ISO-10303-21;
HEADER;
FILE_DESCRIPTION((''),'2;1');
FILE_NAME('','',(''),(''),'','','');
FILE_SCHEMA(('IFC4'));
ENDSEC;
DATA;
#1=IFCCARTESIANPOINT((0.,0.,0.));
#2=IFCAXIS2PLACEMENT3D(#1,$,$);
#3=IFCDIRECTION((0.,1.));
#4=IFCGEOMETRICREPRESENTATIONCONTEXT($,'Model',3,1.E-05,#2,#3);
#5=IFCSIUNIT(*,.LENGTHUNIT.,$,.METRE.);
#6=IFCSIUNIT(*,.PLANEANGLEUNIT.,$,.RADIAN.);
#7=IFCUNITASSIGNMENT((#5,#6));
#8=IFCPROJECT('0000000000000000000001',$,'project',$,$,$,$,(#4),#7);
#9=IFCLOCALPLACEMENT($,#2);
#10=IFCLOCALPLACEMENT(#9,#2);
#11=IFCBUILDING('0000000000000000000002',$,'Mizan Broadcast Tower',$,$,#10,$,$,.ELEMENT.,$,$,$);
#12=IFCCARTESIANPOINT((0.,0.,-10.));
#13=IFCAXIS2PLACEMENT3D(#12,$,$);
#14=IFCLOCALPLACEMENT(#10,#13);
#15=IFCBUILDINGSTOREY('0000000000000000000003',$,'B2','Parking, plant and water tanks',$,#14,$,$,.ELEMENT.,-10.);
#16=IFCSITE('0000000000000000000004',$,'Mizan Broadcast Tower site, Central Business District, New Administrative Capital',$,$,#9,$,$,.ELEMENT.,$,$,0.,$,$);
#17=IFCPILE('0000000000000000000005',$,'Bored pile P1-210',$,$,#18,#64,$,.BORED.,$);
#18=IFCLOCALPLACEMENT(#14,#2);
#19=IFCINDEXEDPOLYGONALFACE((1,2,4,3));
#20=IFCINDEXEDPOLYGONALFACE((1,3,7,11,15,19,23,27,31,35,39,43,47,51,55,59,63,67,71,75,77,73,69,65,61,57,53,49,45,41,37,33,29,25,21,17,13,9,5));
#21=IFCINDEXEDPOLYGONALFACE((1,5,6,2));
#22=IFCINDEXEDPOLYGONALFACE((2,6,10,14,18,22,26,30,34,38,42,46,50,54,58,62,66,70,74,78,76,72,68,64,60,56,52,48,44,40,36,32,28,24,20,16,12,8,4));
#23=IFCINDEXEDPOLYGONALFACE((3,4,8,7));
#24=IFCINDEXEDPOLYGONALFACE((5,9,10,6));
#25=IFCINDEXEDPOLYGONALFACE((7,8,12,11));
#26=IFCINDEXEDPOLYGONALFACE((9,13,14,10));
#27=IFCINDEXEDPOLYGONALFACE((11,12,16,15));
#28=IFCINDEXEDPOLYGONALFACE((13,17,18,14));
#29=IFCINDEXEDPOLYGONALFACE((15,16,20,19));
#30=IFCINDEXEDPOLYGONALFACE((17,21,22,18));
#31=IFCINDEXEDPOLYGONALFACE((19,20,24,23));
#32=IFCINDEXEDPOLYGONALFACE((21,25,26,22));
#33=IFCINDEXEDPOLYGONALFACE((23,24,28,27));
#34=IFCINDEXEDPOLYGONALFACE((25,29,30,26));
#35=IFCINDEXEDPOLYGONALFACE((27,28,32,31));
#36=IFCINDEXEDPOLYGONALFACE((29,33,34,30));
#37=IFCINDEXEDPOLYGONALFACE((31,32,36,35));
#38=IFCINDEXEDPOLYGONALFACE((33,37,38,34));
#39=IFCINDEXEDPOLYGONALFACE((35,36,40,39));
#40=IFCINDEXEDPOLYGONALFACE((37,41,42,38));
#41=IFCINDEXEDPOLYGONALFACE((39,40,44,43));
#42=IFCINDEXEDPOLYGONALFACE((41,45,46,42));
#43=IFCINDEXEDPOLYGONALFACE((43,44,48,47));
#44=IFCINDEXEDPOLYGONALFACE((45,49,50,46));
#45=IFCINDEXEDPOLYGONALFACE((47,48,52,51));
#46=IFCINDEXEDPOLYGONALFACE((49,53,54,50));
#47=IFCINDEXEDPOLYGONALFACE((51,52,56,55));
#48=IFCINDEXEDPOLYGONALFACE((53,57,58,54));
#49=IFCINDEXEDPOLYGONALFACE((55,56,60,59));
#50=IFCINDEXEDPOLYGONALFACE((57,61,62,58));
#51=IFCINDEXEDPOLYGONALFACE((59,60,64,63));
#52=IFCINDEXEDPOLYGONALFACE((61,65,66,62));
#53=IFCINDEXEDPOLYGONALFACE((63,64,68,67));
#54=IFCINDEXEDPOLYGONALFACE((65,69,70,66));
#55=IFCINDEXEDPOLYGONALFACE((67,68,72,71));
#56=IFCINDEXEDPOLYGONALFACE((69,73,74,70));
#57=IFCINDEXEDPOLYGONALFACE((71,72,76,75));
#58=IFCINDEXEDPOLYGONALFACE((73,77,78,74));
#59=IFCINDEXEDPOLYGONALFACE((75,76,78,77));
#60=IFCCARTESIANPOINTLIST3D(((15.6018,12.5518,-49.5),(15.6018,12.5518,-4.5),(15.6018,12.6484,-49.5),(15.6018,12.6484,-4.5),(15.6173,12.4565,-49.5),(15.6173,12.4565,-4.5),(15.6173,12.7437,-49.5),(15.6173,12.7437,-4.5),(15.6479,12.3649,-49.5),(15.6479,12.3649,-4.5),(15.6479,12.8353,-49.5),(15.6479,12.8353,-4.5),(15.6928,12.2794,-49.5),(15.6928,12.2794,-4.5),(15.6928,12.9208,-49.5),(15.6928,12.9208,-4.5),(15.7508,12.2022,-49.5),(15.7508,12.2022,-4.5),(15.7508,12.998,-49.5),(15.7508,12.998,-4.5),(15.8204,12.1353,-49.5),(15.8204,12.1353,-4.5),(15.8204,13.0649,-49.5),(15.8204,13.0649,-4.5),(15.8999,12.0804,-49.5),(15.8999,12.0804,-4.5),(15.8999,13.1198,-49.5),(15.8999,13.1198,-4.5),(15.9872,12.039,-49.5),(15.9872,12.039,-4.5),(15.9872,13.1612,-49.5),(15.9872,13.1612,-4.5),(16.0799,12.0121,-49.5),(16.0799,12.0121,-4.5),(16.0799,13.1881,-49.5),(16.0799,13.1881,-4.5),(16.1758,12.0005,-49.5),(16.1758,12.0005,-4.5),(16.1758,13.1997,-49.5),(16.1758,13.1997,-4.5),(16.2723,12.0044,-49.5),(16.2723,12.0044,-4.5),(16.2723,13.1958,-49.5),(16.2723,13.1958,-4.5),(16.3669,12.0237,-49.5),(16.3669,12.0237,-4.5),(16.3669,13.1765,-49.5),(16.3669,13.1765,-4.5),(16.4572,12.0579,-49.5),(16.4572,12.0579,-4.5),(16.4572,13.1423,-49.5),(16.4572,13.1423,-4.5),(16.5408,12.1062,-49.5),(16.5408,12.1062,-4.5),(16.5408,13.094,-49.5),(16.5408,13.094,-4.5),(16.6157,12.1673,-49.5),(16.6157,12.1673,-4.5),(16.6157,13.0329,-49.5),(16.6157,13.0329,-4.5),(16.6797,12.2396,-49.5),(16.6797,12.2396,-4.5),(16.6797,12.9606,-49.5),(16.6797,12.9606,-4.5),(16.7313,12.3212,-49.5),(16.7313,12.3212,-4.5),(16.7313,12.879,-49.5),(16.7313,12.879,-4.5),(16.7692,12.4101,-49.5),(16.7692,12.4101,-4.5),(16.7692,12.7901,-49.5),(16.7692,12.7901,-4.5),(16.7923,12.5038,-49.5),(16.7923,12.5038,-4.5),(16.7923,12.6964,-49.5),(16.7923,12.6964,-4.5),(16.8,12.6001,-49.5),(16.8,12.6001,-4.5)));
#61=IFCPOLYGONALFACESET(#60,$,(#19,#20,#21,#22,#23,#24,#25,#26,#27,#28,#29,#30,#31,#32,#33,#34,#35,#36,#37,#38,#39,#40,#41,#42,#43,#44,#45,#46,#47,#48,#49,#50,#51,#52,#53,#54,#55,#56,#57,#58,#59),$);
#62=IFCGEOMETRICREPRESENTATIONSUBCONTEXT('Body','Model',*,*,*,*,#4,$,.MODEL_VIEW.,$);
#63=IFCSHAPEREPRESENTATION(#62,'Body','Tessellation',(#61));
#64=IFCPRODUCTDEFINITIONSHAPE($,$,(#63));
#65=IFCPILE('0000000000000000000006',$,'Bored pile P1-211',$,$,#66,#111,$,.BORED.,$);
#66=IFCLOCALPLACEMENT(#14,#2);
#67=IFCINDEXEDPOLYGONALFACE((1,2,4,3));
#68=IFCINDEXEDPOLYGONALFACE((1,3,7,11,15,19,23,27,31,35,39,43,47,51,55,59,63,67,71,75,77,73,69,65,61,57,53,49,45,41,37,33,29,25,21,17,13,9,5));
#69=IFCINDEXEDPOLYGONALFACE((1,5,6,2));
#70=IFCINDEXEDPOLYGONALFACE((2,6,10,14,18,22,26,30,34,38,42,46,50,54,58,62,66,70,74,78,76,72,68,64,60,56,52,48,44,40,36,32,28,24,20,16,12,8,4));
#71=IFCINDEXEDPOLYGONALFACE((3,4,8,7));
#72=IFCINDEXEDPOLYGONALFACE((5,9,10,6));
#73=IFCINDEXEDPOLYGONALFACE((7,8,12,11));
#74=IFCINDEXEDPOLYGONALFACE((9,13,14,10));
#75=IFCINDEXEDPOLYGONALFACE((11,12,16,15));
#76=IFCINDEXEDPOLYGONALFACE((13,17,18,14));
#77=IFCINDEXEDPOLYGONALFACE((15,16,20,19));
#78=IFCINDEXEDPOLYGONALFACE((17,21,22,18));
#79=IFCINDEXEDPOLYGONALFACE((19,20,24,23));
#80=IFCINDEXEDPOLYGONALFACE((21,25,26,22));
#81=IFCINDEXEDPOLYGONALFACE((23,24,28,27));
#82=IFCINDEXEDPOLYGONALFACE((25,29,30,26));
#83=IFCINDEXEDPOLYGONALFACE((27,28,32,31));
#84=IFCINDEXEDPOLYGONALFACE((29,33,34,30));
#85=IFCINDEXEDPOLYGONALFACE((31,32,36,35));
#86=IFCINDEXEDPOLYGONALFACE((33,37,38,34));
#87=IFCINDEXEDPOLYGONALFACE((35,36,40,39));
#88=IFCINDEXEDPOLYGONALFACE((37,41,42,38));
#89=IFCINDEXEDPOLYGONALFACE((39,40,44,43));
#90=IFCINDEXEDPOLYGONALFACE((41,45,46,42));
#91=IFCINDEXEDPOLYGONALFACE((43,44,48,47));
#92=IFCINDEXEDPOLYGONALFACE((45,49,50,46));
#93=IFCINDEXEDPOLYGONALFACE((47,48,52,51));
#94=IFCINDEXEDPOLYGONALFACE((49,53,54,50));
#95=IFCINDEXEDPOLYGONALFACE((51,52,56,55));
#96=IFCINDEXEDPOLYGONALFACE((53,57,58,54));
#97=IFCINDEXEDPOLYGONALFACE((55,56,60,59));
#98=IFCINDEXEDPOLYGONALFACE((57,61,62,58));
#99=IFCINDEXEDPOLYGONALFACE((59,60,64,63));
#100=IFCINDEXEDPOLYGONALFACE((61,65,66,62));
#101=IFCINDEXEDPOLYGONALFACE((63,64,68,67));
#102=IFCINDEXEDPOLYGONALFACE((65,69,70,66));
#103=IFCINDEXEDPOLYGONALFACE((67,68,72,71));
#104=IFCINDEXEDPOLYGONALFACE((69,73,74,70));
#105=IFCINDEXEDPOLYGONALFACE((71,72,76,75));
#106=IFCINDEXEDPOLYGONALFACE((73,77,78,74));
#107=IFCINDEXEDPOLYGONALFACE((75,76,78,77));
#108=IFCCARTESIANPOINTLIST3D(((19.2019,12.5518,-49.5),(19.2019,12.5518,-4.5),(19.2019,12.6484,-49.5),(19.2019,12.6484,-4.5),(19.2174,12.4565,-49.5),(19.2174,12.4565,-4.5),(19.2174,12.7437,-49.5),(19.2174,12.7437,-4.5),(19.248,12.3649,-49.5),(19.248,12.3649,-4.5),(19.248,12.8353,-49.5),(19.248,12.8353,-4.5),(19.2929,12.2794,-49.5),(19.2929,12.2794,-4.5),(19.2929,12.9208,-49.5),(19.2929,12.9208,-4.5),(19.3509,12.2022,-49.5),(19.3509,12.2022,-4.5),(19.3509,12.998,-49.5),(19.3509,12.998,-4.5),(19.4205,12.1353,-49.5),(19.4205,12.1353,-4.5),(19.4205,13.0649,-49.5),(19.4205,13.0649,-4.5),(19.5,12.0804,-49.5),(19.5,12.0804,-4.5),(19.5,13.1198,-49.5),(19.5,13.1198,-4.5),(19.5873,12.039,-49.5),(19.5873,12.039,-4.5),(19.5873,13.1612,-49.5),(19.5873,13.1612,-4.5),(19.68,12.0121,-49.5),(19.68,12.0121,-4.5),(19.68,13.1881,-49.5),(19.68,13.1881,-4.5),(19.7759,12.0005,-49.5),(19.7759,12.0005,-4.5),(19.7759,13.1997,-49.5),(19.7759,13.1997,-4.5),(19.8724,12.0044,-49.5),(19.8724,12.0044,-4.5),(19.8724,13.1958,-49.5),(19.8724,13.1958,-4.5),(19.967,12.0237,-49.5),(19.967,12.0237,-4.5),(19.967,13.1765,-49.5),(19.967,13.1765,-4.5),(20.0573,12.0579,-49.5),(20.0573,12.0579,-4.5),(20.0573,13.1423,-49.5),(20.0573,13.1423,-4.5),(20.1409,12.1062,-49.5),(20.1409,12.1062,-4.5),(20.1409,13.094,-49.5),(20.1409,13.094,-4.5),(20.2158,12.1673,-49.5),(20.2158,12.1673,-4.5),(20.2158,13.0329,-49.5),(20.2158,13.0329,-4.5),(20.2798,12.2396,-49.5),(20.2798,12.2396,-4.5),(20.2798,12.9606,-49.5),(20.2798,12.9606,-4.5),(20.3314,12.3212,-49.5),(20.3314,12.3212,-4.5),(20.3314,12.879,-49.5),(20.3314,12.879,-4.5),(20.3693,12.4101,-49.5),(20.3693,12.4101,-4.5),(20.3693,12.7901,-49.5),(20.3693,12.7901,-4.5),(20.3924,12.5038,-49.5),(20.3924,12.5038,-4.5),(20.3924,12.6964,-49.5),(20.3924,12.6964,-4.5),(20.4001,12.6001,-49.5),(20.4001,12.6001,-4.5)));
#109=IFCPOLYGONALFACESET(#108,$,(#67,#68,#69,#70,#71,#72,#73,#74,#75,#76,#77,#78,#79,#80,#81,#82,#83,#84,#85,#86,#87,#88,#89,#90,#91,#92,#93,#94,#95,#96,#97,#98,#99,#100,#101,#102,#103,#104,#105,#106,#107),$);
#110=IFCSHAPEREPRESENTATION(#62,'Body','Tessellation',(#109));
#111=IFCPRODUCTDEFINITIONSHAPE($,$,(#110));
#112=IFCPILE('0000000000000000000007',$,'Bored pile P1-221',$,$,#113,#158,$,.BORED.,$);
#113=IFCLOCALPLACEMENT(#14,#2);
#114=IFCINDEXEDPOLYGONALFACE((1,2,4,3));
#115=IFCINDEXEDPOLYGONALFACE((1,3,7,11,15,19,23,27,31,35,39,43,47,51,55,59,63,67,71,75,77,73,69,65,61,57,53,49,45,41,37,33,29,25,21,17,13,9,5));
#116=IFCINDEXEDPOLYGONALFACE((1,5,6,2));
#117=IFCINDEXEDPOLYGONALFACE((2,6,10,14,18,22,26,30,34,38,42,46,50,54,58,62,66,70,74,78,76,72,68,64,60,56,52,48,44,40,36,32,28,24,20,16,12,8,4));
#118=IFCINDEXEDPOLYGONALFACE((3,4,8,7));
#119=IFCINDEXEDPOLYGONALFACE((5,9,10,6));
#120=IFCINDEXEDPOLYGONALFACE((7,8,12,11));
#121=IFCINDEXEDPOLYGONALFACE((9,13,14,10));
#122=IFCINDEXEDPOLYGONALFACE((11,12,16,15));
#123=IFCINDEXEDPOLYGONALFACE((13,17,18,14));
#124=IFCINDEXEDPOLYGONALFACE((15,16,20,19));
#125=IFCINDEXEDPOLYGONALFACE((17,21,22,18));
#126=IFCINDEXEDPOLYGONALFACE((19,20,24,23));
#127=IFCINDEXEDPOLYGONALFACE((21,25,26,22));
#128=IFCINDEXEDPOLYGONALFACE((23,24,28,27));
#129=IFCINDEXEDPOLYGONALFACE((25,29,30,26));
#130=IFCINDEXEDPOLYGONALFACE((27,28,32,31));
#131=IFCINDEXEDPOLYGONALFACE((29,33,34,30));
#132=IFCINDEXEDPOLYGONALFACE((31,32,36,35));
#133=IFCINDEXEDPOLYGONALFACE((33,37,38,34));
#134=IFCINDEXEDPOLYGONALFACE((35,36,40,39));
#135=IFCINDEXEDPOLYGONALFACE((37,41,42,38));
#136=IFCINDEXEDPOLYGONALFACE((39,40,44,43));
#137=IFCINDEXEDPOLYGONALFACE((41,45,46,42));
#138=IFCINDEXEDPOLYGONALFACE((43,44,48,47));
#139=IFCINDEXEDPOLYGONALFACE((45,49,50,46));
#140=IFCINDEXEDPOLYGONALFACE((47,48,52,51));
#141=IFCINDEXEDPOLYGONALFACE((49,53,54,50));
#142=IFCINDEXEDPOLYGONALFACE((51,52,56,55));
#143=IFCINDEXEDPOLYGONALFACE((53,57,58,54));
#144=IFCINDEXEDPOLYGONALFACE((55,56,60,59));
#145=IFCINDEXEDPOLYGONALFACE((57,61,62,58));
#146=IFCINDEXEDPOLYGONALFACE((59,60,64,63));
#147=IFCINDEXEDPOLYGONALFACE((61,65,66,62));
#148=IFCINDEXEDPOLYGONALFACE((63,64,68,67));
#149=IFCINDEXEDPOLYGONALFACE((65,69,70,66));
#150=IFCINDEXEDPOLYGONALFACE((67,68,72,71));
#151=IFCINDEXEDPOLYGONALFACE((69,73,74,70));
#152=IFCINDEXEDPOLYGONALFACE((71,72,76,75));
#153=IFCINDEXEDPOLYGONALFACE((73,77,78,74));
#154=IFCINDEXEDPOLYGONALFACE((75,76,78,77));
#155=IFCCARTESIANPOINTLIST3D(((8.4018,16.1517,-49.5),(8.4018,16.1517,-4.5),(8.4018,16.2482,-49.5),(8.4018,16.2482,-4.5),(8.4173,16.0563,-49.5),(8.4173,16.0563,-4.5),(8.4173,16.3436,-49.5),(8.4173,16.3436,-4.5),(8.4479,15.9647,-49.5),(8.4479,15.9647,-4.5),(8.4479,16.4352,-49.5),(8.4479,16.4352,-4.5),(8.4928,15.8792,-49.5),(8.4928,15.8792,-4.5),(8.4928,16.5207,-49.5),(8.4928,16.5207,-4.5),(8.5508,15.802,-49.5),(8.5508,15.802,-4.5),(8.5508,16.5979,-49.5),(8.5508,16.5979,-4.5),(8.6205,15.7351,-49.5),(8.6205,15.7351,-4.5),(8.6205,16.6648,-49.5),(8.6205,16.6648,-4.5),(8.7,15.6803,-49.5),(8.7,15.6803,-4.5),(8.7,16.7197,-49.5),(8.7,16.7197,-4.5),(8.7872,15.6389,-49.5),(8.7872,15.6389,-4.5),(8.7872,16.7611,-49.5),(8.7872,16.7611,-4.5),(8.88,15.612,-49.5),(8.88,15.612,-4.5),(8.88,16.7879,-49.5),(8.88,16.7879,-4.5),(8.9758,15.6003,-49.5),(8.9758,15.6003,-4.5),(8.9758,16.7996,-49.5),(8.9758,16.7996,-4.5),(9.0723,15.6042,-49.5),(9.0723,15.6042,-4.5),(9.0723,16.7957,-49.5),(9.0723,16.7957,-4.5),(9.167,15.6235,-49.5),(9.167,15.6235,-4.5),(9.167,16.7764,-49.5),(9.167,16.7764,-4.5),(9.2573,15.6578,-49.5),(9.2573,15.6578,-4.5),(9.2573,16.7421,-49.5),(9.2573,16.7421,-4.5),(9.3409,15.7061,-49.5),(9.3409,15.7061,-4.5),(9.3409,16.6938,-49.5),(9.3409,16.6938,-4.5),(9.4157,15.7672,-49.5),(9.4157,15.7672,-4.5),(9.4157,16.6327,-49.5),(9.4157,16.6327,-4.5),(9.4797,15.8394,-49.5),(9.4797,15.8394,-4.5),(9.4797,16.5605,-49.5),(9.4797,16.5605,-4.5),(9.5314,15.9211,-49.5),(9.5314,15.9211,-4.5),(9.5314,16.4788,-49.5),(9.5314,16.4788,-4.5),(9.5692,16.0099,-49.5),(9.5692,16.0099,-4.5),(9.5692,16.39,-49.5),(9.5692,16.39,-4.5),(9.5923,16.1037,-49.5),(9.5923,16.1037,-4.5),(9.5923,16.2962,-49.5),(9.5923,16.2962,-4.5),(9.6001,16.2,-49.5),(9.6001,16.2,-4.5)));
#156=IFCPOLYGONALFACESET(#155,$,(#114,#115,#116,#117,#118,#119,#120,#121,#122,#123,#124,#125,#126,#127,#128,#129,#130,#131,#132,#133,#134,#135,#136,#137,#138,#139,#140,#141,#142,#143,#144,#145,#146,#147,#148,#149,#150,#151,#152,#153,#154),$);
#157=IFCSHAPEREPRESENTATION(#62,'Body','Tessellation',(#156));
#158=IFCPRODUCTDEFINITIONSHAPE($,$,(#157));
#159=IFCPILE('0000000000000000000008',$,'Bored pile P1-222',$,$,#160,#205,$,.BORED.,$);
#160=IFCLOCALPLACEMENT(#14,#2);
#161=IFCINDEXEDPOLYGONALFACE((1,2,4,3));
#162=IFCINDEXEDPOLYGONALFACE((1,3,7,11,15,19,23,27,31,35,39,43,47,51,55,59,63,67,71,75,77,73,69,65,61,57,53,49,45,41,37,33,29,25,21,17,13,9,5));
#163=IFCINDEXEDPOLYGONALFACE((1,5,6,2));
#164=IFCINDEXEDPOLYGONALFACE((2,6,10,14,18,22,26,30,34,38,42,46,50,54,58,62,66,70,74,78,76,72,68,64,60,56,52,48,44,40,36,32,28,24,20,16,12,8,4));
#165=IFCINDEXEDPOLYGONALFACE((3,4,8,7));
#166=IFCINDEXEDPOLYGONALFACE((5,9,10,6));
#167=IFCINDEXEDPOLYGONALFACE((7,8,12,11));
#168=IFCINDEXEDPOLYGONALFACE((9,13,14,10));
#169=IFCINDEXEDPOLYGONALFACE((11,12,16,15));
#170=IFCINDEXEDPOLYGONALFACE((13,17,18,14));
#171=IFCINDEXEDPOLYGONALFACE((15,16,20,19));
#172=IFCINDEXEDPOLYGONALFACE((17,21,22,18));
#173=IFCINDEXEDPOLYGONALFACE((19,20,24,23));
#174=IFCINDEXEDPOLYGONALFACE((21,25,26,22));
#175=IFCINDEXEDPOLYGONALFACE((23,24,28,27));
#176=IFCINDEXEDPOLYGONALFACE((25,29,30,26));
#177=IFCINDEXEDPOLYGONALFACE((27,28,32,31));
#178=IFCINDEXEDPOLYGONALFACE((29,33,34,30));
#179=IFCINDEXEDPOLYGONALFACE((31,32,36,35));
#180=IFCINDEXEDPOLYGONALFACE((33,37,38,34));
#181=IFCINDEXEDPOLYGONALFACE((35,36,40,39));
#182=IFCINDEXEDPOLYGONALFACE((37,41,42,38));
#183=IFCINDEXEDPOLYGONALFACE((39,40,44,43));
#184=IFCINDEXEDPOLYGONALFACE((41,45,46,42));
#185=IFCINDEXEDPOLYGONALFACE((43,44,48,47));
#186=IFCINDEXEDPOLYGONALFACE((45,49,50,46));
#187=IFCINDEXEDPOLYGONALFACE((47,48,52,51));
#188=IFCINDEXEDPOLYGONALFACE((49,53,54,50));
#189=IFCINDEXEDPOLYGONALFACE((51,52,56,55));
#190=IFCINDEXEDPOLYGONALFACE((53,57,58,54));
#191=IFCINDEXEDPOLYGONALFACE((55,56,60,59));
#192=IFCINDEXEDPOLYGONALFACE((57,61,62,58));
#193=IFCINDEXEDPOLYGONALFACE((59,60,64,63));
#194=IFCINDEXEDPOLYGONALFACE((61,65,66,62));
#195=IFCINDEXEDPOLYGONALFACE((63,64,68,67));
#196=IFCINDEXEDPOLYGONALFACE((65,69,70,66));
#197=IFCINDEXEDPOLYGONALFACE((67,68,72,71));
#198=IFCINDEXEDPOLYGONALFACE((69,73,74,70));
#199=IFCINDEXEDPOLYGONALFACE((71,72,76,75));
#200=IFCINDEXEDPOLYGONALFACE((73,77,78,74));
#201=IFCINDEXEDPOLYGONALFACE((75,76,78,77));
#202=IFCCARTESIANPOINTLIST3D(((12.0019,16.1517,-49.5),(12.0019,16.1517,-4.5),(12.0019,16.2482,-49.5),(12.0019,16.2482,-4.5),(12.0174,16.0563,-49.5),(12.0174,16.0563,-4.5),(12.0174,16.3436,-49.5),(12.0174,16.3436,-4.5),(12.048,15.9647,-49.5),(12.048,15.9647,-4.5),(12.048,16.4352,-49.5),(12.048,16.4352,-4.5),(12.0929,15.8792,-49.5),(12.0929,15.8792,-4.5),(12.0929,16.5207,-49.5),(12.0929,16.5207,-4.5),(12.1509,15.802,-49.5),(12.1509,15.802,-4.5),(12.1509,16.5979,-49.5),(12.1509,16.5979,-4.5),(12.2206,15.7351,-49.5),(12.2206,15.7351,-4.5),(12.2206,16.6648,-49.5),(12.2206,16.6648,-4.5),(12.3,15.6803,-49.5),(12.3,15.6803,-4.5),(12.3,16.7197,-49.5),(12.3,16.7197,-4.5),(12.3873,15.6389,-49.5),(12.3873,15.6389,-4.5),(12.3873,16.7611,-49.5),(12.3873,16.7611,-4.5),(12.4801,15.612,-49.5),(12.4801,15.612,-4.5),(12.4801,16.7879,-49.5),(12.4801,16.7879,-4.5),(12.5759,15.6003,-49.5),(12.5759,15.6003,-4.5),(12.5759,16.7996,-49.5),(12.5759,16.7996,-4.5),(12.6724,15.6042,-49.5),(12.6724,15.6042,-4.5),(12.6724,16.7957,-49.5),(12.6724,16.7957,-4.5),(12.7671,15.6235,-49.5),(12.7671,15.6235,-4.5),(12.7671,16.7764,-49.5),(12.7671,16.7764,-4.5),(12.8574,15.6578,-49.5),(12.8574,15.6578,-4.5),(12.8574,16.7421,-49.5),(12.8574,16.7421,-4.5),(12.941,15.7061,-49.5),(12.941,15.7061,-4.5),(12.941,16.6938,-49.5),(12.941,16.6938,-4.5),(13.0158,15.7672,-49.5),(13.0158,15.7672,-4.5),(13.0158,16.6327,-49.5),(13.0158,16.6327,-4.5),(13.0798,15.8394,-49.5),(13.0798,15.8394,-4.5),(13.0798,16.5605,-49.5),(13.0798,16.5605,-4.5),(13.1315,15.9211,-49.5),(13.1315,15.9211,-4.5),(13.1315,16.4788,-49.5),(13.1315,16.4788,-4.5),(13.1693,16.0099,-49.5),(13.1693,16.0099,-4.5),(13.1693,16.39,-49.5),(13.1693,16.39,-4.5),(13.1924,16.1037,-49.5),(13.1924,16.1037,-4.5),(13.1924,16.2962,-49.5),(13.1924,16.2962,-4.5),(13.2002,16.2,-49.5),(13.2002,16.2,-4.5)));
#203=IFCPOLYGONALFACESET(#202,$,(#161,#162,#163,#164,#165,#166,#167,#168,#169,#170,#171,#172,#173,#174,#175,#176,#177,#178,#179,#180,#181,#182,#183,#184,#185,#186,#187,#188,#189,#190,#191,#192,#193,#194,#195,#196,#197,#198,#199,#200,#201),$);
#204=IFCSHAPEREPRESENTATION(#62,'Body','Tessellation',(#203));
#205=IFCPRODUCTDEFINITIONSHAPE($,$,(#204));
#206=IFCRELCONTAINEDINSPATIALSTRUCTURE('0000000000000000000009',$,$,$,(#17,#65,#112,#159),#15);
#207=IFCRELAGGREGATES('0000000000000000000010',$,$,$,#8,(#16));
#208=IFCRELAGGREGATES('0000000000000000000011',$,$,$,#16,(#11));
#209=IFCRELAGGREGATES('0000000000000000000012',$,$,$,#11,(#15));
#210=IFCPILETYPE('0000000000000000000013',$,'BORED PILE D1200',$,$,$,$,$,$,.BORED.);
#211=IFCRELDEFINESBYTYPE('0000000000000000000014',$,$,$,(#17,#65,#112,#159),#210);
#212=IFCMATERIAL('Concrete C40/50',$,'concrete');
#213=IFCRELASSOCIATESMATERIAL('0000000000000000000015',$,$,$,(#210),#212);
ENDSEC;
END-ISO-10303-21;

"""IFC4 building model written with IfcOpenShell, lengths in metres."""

from ifc_helpers import new_model, si_unit, direction, frame, origin, origin_2d, place, context, subcontext, project, spatial, circle, extrude, material, material_profile, profile_set, type_object, element, save


model = new_model("IFC4")

# Units and contexts
model_context = context("Model", 3, precision=1e-05, world=origin(), true_north=direction((0.0, 1.0)))
body_context = subcontext(model_context, "Body", "Model", "MODEL_VIEW")
ifc_project = project(units=[si_unit("LENGTHUNIT", "METRE"), si_unit("PLANEANGLEUNIT", "RADIAN")], contexts=[model_context])

# Site, building, storey
site_placement = place(None, origin())
site = spatial("IfcSite", under=ifc_project, at=site_placement, Name="Mizan Broadcast Tower site, Central Business District, New Administrative Capital", CompositionType="ELEMENT", RefElevation=0.0)
building_placement = place(site_placement, origin())
building = spatial("IfcBuilding", under=site, at=building_placement, Name="Mizan Broadcast Tower", CompositionType="ELEMENT")
storey_placement = place(building_placement, frame((0.0, 0.0, -10.0)))
storey = spatial("IfcBuildingStorey", under=building, at=storey_placement, Name="B2", Description="Parking, plant and water tanks", CompositionType="ELEMENT", Elevation=-10.0)

# Piles
ifc_material_1 = material(Name="Concrete C40/50", Category="concrete")
ifc_material_profile_1 = material_profile(ifc_material_1, circle(Radius=0.6001, at=origin_2d()), Name="D1200")
ifc_profile_set_1 = profile_set([ifc_material_profile_1], Name="Concrete C40/50")
pile_type_1 = type_object("IfcPileType", Name="BORED PILE D1200", PredefinedType="BORED", material=ifc_profile_set_1)
for number, where, z_axis, x_axis, name in (
    (1, (16.2, 12.6001, -4.5), (0.0, 0.0, -1.0), (1.0, 0.0, 0.0), "Bored pile P1-210"),
    (2, (19.8, 12.6001, -4.5), (0.0, 0.0, -1.0), (1.0, 0.0, 0.0), "Bored pile P1-211"),
    (3, (9.0, 16.2, -4.5), (0.0, 0.0, -1.0), (1.0, 0.0, 0.0), "Bored pile P1-221"),
    (4, (12.6001, 16.2, -4.5), (0.0, 0.0, -1.0), (1.0, 0.0, 0.0), "Bored pile P1-222"),
):
    element("IfcPile", number, at=place(storey_placement, frame(where, z_axis=z_axis, x_axis=x_axis)), inside=storey, type_object=pile_type_1, Name=name, PredefinedType="BORED", context=body_context, shape_type="SweptSolid", body=[
        extrude(circle(Radius=0.6001, at=origin_2d()), origin(), (0.0, 0.0, 1.0), 45.0),
    ])

save(model, "model.ifc")
